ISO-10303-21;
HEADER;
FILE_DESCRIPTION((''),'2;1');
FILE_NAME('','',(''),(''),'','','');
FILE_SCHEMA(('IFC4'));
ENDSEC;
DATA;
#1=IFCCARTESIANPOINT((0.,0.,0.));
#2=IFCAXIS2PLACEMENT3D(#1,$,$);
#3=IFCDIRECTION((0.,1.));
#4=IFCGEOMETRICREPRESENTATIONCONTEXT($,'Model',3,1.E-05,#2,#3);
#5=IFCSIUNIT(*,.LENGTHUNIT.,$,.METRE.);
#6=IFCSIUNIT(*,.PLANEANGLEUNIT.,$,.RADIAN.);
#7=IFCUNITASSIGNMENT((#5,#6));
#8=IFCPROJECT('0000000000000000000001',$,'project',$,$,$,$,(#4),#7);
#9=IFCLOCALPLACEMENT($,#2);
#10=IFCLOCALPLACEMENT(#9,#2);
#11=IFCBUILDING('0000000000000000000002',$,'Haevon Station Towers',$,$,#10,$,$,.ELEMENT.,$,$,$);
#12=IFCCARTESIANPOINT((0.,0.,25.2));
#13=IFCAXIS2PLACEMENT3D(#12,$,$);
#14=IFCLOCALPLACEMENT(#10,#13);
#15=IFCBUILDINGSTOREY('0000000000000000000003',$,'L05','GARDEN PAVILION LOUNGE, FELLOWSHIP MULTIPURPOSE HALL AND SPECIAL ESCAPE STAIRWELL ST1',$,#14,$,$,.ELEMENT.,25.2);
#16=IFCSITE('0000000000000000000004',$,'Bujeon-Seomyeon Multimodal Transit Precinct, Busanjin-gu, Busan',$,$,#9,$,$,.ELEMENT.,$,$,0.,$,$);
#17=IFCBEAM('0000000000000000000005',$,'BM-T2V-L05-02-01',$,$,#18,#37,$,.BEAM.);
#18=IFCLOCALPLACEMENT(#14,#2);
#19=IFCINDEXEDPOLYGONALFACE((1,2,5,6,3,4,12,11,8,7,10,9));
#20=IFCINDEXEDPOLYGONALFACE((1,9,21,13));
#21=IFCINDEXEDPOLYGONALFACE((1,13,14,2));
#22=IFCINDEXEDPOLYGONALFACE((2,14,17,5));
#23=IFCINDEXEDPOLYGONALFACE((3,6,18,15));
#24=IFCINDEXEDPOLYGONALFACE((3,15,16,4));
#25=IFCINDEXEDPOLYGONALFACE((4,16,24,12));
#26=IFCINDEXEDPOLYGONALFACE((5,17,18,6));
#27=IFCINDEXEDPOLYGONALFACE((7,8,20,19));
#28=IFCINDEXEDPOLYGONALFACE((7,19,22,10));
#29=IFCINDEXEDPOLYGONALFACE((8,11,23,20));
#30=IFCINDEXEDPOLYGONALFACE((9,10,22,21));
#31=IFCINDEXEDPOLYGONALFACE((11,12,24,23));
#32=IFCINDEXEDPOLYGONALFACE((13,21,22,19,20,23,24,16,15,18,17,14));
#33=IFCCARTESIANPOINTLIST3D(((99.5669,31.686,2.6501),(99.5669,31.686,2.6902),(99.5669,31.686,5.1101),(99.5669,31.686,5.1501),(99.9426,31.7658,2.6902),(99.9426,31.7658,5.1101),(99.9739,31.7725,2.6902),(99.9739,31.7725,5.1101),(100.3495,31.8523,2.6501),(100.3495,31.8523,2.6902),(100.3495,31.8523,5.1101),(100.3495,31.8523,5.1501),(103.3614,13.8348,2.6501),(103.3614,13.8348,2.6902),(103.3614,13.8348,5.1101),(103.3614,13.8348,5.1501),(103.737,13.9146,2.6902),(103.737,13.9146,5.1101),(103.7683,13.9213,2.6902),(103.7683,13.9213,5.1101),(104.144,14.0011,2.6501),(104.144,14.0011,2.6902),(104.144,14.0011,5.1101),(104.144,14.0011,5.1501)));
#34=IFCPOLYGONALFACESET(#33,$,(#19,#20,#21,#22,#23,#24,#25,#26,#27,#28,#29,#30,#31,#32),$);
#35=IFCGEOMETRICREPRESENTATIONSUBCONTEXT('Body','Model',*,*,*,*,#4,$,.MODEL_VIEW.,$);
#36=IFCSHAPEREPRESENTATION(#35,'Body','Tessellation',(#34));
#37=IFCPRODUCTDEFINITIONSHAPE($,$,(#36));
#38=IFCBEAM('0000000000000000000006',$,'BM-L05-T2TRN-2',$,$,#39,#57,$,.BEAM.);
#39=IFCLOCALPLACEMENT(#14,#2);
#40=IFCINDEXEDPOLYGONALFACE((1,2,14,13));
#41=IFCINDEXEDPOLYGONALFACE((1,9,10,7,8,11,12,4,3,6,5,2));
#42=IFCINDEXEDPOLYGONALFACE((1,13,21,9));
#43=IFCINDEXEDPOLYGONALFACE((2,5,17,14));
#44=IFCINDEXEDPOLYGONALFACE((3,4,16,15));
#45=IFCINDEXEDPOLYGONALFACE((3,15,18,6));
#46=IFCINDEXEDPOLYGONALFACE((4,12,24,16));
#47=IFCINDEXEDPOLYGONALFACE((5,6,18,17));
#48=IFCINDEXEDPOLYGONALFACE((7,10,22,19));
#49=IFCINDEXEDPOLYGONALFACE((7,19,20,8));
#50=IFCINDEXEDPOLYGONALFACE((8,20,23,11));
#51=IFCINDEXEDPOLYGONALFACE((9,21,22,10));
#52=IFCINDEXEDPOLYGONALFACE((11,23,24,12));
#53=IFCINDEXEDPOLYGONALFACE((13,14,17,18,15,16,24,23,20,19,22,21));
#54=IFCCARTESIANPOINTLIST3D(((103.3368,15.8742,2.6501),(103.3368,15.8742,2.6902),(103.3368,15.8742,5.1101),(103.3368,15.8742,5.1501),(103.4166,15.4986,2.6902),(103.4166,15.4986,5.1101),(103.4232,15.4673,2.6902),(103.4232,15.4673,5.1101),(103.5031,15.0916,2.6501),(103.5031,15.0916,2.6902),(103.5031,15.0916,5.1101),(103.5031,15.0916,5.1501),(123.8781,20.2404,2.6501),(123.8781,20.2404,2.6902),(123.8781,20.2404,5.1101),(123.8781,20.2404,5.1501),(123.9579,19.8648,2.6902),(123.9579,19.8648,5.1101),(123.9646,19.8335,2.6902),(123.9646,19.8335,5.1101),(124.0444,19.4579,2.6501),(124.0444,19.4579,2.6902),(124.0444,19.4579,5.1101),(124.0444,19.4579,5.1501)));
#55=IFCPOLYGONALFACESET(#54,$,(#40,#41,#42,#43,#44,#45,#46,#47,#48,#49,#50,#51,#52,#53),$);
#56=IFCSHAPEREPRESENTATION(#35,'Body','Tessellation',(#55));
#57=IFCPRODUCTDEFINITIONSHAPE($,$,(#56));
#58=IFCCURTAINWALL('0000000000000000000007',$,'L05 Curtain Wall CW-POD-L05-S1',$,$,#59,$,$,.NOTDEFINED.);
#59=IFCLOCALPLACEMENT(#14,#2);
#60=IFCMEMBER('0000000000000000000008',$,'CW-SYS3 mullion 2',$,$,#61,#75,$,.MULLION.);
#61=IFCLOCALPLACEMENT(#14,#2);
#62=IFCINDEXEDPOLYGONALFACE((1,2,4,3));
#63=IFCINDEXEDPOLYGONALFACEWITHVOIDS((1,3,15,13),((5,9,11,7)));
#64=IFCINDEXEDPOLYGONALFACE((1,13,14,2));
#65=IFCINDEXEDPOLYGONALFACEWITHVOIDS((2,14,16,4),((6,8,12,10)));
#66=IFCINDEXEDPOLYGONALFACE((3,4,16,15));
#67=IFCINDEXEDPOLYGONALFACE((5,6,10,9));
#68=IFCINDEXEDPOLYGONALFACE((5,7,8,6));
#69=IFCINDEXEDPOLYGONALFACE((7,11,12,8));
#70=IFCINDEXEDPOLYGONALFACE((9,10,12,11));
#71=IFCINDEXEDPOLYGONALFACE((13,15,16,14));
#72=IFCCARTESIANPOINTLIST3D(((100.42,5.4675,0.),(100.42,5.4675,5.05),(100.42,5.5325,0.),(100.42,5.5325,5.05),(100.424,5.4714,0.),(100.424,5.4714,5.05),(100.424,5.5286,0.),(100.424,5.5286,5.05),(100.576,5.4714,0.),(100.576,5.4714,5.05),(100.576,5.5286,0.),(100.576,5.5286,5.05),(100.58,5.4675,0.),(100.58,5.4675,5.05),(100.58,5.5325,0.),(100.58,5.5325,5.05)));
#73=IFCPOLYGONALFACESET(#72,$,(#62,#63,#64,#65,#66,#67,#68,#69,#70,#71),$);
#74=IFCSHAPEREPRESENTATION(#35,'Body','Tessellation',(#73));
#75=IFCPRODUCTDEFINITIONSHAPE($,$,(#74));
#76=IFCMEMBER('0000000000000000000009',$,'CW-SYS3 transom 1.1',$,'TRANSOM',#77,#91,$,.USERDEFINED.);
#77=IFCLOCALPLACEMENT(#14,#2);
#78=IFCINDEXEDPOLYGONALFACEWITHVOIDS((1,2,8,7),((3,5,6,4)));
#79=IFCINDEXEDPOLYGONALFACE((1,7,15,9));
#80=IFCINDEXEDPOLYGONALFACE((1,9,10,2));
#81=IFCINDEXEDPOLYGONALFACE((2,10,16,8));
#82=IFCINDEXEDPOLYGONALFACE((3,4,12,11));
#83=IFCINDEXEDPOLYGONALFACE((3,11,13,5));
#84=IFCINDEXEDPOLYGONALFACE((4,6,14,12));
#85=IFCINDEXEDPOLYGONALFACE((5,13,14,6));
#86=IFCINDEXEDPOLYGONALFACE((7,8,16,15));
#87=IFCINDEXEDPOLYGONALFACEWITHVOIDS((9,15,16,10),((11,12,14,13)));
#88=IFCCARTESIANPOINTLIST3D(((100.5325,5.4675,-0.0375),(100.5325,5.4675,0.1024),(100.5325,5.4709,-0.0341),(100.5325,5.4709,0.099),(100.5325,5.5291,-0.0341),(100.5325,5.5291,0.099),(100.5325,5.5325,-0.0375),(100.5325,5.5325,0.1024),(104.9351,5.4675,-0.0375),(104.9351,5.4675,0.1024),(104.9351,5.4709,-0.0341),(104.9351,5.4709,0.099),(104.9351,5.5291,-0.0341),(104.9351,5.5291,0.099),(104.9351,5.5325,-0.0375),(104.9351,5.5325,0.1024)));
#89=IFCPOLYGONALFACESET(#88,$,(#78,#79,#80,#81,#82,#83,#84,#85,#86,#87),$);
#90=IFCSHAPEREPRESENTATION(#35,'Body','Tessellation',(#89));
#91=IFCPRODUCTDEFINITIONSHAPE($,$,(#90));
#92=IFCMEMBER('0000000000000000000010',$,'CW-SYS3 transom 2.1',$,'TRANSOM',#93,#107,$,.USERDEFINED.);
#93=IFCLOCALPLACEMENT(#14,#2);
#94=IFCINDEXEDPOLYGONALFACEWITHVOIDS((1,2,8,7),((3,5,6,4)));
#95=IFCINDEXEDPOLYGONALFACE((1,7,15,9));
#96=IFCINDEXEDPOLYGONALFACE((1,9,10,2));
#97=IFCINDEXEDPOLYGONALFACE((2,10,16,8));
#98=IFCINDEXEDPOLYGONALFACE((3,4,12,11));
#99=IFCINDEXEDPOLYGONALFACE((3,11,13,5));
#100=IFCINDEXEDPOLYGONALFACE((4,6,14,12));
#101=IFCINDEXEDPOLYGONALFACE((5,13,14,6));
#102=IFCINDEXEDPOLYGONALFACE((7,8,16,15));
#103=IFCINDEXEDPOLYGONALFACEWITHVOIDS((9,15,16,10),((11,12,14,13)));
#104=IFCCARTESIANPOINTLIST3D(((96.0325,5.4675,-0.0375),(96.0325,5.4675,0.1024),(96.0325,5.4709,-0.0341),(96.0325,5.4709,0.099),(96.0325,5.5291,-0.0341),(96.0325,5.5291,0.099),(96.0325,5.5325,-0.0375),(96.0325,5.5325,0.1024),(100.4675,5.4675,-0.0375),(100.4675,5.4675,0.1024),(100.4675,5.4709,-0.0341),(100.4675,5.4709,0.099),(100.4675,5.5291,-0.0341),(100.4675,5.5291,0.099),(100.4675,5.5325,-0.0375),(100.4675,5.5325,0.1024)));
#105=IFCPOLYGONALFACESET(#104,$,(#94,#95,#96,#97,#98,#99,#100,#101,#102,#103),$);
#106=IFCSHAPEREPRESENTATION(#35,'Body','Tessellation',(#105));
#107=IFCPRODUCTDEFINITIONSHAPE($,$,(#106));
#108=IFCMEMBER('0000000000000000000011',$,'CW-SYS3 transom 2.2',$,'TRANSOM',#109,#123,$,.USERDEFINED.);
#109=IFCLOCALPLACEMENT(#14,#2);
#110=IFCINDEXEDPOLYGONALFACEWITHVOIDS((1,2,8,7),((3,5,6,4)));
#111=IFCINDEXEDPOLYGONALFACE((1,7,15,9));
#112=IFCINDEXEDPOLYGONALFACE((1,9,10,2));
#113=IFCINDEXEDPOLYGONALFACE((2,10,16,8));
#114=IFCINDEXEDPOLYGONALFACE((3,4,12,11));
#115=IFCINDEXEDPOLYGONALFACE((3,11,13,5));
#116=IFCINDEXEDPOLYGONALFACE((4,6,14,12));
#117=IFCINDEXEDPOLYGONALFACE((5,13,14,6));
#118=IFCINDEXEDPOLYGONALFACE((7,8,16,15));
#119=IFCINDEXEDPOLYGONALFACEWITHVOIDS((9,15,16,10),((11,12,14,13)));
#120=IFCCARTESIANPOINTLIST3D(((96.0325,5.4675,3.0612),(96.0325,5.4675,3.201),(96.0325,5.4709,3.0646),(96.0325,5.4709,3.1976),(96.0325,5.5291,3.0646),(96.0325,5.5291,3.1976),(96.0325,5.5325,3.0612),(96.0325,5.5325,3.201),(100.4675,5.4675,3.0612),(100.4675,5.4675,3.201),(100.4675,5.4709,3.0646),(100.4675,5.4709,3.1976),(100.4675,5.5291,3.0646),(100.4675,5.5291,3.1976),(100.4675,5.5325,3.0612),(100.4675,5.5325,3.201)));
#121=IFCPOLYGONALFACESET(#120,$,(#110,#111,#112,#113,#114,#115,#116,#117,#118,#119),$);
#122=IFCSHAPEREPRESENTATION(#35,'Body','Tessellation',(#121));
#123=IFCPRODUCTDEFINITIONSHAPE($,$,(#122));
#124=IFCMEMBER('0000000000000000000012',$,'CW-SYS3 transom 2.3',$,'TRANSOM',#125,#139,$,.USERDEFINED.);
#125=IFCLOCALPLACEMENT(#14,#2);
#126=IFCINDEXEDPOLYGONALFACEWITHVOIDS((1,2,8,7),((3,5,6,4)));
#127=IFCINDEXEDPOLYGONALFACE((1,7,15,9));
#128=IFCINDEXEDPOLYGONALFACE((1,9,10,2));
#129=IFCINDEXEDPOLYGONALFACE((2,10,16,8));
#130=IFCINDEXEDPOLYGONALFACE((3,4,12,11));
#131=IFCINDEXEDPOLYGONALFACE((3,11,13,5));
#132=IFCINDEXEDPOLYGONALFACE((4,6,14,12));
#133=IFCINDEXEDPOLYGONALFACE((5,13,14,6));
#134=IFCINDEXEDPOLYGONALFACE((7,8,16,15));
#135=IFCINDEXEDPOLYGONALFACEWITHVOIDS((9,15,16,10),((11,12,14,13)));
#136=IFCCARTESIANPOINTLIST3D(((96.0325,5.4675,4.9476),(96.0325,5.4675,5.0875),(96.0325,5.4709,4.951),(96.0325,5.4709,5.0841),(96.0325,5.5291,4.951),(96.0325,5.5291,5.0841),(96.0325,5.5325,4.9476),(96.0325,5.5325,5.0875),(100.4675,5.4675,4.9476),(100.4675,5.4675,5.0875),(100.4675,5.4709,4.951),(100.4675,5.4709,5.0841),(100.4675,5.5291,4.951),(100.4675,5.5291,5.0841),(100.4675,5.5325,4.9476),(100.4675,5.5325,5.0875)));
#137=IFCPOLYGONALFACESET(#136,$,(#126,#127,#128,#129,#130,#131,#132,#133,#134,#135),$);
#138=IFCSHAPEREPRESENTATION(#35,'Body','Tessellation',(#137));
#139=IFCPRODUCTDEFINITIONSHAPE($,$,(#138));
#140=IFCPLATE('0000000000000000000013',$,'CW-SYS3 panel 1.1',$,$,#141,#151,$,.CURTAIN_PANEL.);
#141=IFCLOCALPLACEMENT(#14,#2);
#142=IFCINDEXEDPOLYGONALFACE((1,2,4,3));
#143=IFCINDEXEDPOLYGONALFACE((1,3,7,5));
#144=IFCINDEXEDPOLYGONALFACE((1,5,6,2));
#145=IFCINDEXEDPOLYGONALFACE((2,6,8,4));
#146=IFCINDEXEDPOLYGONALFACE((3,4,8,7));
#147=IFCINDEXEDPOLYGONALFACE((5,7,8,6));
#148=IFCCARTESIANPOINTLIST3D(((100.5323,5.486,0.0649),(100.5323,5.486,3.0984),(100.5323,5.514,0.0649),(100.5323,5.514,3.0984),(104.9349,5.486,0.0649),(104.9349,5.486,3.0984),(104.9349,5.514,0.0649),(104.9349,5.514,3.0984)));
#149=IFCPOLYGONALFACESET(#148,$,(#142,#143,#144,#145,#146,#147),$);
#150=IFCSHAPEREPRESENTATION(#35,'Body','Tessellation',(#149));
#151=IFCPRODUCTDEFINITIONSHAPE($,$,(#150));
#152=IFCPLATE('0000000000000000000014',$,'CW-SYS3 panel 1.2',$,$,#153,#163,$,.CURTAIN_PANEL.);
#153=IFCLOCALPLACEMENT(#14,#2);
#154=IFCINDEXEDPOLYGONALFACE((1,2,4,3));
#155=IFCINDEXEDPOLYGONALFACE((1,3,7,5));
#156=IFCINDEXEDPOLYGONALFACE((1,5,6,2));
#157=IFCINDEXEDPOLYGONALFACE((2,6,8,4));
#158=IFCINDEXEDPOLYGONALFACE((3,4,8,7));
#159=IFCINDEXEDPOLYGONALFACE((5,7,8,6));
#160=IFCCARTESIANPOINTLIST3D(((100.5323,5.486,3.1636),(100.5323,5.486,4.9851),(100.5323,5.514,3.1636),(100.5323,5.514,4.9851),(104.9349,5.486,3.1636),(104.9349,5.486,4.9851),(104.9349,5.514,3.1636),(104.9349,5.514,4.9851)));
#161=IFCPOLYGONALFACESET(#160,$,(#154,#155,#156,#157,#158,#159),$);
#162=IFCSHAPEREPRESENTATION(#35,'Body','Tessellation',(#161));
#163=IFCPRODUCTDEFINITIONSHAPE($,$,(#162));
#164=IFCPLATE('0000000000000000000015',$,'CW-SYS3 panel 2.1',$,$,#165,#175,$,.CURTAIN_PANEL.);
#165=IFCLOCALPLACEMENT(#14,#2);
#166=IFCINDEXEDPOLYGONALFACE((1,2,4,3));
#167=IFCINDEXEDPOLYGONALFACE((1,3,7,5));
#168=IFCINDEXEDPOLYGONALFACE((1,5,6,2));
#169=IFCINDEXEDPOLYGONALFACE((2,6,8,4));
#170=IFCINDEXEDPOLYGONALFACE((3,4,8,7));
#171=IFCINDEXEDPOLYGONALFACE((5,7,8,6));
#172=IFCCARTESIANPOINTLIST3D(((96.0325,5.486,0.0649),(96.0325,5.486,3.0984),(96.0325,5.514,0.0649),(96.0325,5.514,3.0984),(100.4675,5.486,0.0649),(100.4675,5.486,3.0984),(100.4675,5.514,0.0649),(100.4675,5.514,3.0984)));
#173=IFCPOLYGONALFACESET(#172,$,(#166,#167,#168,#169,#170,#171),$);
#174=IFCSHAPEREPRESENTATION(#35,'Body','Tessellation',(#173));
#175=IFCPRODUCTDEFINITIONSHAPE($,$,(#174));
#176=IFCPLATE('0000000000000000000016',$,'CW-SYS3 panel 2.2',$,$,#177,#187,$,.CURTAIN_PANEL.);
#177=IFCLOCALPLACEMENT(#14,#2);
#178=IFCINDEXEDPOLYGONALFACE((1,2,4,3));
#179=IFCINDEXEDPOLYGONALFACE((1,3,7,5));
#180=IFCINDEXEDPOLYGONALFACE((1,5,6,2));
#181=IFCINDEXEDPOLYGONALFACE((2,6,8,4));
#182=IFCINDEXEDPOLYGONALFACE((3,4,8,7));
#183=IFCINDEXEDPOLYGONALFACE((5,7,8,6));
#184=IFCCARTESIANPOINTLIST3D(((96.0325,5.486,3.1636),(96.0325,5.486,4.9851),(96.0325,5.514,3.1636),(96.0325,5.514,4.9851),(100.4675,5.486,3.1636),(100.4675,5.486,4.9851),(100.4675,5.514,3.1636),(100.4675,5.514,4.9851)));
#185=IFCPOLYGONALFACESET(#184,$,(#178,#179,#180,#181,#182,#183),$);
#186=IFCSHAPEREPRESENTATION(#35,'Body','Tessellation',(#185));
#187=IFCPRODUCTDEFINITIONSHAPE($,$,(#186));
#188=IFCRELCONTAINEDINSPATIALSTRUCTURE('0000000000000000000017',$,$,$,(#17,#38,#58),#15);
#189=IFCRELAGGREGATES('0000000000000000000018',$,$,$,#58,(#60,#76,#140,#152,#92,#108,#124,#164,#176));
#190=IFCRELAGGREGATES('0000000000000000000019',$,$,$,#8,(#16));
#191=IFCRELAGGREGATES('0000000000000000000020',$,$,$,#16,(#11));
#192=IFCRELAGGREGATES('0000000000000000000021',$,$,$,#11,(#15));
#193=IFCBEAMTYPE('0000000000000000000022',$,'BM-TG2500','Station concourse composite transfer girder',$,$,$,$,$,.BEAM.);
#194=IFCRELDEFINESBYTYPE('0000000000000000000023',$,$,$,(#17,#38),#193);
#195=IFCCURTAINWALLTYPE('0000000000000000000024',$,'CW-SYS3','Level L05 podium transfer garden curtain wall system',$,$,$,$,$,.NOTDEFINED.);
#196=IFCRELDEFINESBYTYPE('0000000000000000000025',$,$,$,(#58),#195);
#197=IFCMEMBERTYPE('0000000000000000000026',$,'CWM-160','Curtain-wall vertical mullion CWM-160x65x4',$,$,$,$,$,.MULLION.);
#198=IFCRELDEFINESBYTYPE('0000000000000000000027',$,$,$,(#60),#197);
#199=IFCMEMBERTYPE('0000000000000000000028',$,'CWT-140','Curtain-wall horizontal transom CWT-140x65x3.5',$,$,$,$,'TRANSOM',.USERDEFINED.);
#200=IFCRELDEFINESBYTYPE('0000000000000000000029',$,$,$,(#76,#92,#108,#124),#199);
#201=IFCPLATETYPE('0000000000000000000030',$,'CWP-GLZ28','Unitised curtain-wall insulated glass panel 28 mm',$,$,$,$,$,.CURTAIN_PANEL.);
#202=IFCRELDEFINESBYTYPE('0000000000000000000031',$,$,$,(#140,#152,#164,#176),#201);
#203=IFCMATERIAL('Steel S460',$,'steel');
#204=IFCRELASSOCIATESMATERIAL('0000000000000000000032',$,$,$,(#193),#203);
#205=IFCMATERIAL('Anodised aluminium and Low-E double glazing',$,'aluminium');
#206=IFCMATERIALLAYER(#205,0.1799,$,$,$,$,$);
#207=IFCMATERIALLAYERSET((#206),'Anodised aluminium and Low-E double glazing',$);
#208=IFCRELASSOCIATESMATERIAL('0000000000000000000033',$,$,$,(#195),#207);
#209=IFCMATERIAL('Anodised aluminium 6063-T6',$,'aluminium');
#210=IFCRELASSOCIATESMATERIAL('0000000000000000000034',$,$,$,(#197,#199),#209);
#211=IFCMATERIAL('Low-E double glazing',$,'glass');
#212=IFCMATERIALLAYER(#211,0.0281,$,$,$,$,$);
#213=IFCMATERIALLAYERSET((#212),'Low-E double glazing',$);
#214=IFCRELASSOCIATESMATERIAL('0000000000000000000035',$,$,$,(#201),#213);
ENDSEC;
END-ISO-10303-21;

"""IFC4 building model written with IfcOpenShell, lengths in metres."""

from ifc_helpers import new_model, si_unit, direction, frame, origin, origin_2d, place, context, subcontext, project, spatial, rectangle, hollow_rectangle, i_section, extrude, material, layer, layer_set, material_profile, profile_set, type_object, element, aggregate, save


model = new_model("IFC4")

# Units and contexts
model_context = context("Model", 3, precision=1e-05, world=origin(), true_north=direction((0.0, 1.0)))
body_context = subcontext(model_context, "Body", "Model", "MODEL_VIEW")
ifc_project = project(units=[si_unit("LENGTHUNIT", "METRE"), si_unit("PLANEANGLEUNIT", "RADIAN")], contexts=[model_context])

# Site, building, storey
site_placement = place(None, origin())
site = spatial("IfcSite", under=ifc_project, at=site_placement, Name="Bujeon-Seomyeon Multimodal Transit Precinct, Busanjin-gu, Busan", CompositionType="ELEMENT", RefElevation=0.0)
building_placement = place(site_placement, origin())
building = spatial("IfcBuilding", under=site, at=building_placement, Name="Haevon Station Towers", CompositionType="ELEMENT")
storey_placement = place(building_placement, frame((0.0, 0.0, 25.2)))
storey = spatial("IfcBuildingStorey", under=building, at=storey_placement, Name="L05", Description="GARDEN PAVILION LOUNGE, FELLOWSHIP MULTIPURPOSE HALL AND SPECIAL ESCAPE STAIRWELL ST1", CompositionType="ELEMENT", Elevation=25.2)

# Shared definitions
ifc_material_1 = material(Name="Steel S460", Category="steel")

# Beams
ifc_material_profile_1 = material_profile(ifc_material_1, i_section(OverallWidth=0.8, OverallDepth=2.5, WebThickness=0.032, FlangeThickness=0.04, at=origin_2d()), Name="H-2500x800x32x40")
ifc_profile_set_1 = profile_set([ifc_material_profile_1], Name="Steel S460")
beam_type_1 = type_object("IfcBeamType", Name="BM-TG2500", Description="Station concourse composite transfer girder", PredefinedType="BEAM", material=ifc_profile_set_1)
beam_1_placement = place(storey_placement, frame((103.7527, 13.918, 3.9001), z_axis=(-0.207915, 0.978147, 0.0), x_axis=(-0.978147, -0.207915, 0.0)))
element("IfcBeam", 1, at=beam_1_placement, inside=storey, type_object=beam_type_1, Name="BM-T2V-L05-02-01", PredefinedType="BEAM", context=body_context, shape_type="SweptSolid", body=[
    extrude(i_section(OverallWidth=0.8, OverallDepth=2.5, WebThickness=0.032, FlangeThickness=0.04, at=origin_2d()), origin(), (0.0, 0.0, 1.0), 18.25),
])
beam_2_placement = place(storey_placement, frame((103.4199, 15.4829, 3.9001), z_axis=(0.978147, 0.207913, 0.0), x_axis=(-0.207913, 0.978147, 0.0)))
element("IfcBeam", 2, at=beam_2_placement, inside=storey, type_object=beam_type_1, Name="BM-L05-T2TRN-2", PredefinedType="BEAM", context=body_context, shape_type="SweptSolid", body=[
    extrude(i_section(OverallWidth=0.8, OverallDepth=2.5, WebThickness=0.032, FlangeThickness=0.04, at=origin_2d()), origin(), (0.0, 0.0, 1.0), 21.0002),
])

# Curtain wall, members, plates
ifc_material_2 = material(Name="Anodised aluminium and Low-E double glazing", Category="aluminium")
ifc_layer_1 = layer(ifc_material_2, 0.1799)
ifc_layer_set_1 = layer_set([ifc_layer_1], Name="Anodised aluminium and Low-E double glazing")
curtain_wall_type = type_object("IfcCurtainWallType", Name="CW-SYS3", Description="Level L05 podium transfer garden curtain wall system", PredefinedType="NOTDEFINED", material=ifc_layer_set_1)
curtain_wall_placement = place(storey_placement, origin())
curtain_wall = element("IfcCurtainWall", 3, at=curtain_wall_placement, inside=storey, type_object=curtain_wall_type, Name="L05 Curtain Wall CW-POD-L05-S1", PredefinedType="NOTDEFINED")
ifc_material_3 = material(Name="Anodised aluminium 6063-T6", Category="aluminium")
ifc_material_profile_2 = material_profile(ifc_material_3, hollow_rectangle(XDim=0.0649, YDim=0.1599, WallThickness=0.0039, at=origin_2d()), Name="CWM-160x65x4")
ifc_profile_set_2 = profile_set([ifc_material_profile_2], Name="Anodised aluminium 6063-T6")
member_type_1 = type_object("IfcMemberType", Name="CWM-160", Description="Curtain-wall vertical mullion CWM-160x65x4", PredefinedType="MULLION", material=ifc_profile_set_2)
member_1_placement = place(storey_placement, frame((100.5, 5.5, 0.0), z_axis=(0.0, 0.0, 1.0), x_axis=(0.0, -1.0, 0.0)))
member_1 = element("IfcMember", 4, at=member_1_placement, type_object=member_type_1, Name="CW-SYS3 mullion 2", PredefinedType="MULLION", context=body_context, shape_type="SweptSolid", body=[
    extrude(hollow_rectangle(XDim=0.0649, YDim=0.1599, WallThickness=0.0039, at=origin_2d()), origin(), (0.0, 0.0, 1.0), 5.05),
])
ifc_material_profile_3 = material_profile(ifc_material_3, hollow_rectangle(XDim=0.0649, YDim=0.1399, WallThickness=0.0034, at=origin_2d()), Name="CWT-140x65x3.5")
ifc_profile_set_3 = profile_set([ifc_material_profile_3], Name="Anodised aluminium 6063-T6")
member_type_2 = type_object("IfcMemberType", Name="CWT-140", Description="Curtain-wall horizontal transom CWT-140x65x3.5", ElementType="TRANSOM", PredefinedType="USERDEFINED", material=ifc_profile_set_3)
member_2_placement = place(storey_placement, frame((104.9351, 5.5, 0.0325), z_axis=(-1.0, 0.0, 0.0), x_axis=(0.0, -1.0, 0.0)))
member_2 = element("IfcMember", 5, at=member_2_placement, type_object=member_type_2, Name="CW-SYS3 transom 1.1", ObjectType="TRANSOM", PredefinedType="USERDEFINED", context=body_context, shape_type="SweptSolid", body=[
    extrude(hollow_rectangle(XDim=0.0649, YDim=0.1399, WallThickness=0.0034, at=origin_2d()), origin(), (0.0, 0.0, 1.0), 4.4026),
])
member_3_placement = place(storey_placement, frame((100.4675, 5.5, 0.0325), z_axis=(-1.0, 0.0, 0.0), x_axis=(0.0, -1.0, 0.0)))
member_3 = element("IfcMember", 6, at=member_3_placement, type_object=member_type_2, Name="CW-SYS3 transom 2.1", ObjectType="TRANSOM", PredefinedType="USERDEFINED", context=body_context, shape_type="SweptSolid", body=[
    extrude(hollow_rectangle(XDim=0.0649, YDim=0.1399, WallThickness=0.0034, at=origin_2d()), origin(), (0.0, 0.0, 1.0), 4.4351),
])
member_4_placement = place(storey_placement, frame((100.4675, 5.5, 3.1311), z_axis=(-1.0, 0.0, 0.0), x_axis=(0.0, -1.0, 0.0)))
member_4 = element("IfcMember", 7, at=member_4_placement, type_object=member_type_2, Name="CW-SYS3 transom 2.2", ObjectType="TRANSOM", PredefinedType="USERDEFINED", context=body_context, shape_type="SweptSolid", body=[
    extrude(hollow_rectangle(XDim=0.0649, YDim=0.1399, WallThickness=0.0034, at=origin_2d()), origin(), (0.0, 0.0, 1.0), 4.4351),
])
member_5_placement = place(storey_placement, frame((100.4675, 5.5, 5.0176), z_axis=(-1.0, 0.0, 0.0), x_axis=(0.0, -1.0, 0.0)))
member_5 = element("IfcMember", 8, at=member_5_placement, type_object=member_type_2, Name="CW-SYS3 transom 2.3", ObjectType="TRANSOM", PredefinedType="USERDEFINED", context=body_context, shape_type="SweptSolid", body=[
    extrude(hollow_rectangle(XDim=0.0649, YDim=0.1399, WallThickness=0.0034, at=origin_2d()), origin(), (0.0, 0.0, 1.0), 4.4351),
])
ifc_material_4 = material(Name="Low-E double glazing", Category="glass")
ifc_layer_2 = layer(ifc_material_4, 0.0281)
ifc_layer_set_2 = layer_set([ifc_layer_2], Name="Low-E double glazing")
plate_type = type_object("IfcPlateType", Name="CWP-GLZ28", Description="Unitised curtain-wall insulated glass panel 28 mm", PredefinedType="CURTAIN_PANEL", material=ifc_layer_set_2)
plate_1_placement = place(storey_placement, frame((102.7336, 5.5, 0.0649), z_axis=(0.0, 0.0, 1.0), x_axis=(-1.0, 0.0, 0.0)))
plate_1 = element("IfcPlate", 9, at=plate_1_placement, type_object=plate_type, Name="CW-SYS3 panel 1.1", PredefinedType="CURTAIN_PANEL", context=body_context, shape_type="SweptSolid", body=[
    extrude(rectangle(XDim=4.4026, YDim=0.0281, at=origin_2d()), origin(), (0.0, 0.0, 1.0), 3.0334),
])
plate_2_placement = place(storey_placement, frame((102.7336, 5.5, 3.1636), z_axis=(0.0, 0.0, 1.0), x_axis=(-1.0, 0.0, 0.0)))
plate_2 = element("IfcPlate", 10, at=plate_2_placement, type_object=plate_type, Name="CW-SYS3 panel 1.2", PredefinedType="CURTAIN_PANEL", context=body_context, shape_type="SweptSolid", body=[
    extrude(rectangle(XDim=4.4026, YDim=0.0281, at=origin_2d()), origin(), (0.0, 0.0, 1.0), 1.8215),
])
plate_3_placement = place(storey_placement, frame((98.25, 5.5, 0.0649), z_axis=(0.0, 0.0, 1.0), x_axis=(-1.0, 0.0, 0.0)))
plate_3 = element("IfcPlate", 11, at=plate_3_placement, type_object=plate_type, Name="CW-SYS3 panel 2.1", PredefinedType="CURTAIN_PANEL", context=body_context, shape_type="SweptSolid", body=[
    extrude(rectangle(XDim=4.4351, YDim=0.0281, at=origin_2d()), origin(), (0.0, 0.0, 1.0), 3.0334),
])
plate_4_placement = place(storey_placement, frame((98.25, 5.5, 3.1636), z_axis=(0.0, 0.0, 1.0), x_axis=(-1.0, 0.0, 0.0)))
plate_4 = element("IfcPlate", 12, at=plate_4_placement, type_object=plate_type, Name="CW-SYS3 panel 2.2", PredefinedType="CURTAIN_PANEL", context=body_context, shape_type="SweptSolid", body=[
    extrude(rectangle(XDim=4.4351, YDim=0.0281, at=origin_2d()), origin(), (0.0, 0.0, 1.0), 1.8215),
])
aggregate(curtain_wall, [member_1, member_2, plate_1, plate_2, member_3, member_4, member_5, plate_3, plate_4])

save(model, "model.ifc")
